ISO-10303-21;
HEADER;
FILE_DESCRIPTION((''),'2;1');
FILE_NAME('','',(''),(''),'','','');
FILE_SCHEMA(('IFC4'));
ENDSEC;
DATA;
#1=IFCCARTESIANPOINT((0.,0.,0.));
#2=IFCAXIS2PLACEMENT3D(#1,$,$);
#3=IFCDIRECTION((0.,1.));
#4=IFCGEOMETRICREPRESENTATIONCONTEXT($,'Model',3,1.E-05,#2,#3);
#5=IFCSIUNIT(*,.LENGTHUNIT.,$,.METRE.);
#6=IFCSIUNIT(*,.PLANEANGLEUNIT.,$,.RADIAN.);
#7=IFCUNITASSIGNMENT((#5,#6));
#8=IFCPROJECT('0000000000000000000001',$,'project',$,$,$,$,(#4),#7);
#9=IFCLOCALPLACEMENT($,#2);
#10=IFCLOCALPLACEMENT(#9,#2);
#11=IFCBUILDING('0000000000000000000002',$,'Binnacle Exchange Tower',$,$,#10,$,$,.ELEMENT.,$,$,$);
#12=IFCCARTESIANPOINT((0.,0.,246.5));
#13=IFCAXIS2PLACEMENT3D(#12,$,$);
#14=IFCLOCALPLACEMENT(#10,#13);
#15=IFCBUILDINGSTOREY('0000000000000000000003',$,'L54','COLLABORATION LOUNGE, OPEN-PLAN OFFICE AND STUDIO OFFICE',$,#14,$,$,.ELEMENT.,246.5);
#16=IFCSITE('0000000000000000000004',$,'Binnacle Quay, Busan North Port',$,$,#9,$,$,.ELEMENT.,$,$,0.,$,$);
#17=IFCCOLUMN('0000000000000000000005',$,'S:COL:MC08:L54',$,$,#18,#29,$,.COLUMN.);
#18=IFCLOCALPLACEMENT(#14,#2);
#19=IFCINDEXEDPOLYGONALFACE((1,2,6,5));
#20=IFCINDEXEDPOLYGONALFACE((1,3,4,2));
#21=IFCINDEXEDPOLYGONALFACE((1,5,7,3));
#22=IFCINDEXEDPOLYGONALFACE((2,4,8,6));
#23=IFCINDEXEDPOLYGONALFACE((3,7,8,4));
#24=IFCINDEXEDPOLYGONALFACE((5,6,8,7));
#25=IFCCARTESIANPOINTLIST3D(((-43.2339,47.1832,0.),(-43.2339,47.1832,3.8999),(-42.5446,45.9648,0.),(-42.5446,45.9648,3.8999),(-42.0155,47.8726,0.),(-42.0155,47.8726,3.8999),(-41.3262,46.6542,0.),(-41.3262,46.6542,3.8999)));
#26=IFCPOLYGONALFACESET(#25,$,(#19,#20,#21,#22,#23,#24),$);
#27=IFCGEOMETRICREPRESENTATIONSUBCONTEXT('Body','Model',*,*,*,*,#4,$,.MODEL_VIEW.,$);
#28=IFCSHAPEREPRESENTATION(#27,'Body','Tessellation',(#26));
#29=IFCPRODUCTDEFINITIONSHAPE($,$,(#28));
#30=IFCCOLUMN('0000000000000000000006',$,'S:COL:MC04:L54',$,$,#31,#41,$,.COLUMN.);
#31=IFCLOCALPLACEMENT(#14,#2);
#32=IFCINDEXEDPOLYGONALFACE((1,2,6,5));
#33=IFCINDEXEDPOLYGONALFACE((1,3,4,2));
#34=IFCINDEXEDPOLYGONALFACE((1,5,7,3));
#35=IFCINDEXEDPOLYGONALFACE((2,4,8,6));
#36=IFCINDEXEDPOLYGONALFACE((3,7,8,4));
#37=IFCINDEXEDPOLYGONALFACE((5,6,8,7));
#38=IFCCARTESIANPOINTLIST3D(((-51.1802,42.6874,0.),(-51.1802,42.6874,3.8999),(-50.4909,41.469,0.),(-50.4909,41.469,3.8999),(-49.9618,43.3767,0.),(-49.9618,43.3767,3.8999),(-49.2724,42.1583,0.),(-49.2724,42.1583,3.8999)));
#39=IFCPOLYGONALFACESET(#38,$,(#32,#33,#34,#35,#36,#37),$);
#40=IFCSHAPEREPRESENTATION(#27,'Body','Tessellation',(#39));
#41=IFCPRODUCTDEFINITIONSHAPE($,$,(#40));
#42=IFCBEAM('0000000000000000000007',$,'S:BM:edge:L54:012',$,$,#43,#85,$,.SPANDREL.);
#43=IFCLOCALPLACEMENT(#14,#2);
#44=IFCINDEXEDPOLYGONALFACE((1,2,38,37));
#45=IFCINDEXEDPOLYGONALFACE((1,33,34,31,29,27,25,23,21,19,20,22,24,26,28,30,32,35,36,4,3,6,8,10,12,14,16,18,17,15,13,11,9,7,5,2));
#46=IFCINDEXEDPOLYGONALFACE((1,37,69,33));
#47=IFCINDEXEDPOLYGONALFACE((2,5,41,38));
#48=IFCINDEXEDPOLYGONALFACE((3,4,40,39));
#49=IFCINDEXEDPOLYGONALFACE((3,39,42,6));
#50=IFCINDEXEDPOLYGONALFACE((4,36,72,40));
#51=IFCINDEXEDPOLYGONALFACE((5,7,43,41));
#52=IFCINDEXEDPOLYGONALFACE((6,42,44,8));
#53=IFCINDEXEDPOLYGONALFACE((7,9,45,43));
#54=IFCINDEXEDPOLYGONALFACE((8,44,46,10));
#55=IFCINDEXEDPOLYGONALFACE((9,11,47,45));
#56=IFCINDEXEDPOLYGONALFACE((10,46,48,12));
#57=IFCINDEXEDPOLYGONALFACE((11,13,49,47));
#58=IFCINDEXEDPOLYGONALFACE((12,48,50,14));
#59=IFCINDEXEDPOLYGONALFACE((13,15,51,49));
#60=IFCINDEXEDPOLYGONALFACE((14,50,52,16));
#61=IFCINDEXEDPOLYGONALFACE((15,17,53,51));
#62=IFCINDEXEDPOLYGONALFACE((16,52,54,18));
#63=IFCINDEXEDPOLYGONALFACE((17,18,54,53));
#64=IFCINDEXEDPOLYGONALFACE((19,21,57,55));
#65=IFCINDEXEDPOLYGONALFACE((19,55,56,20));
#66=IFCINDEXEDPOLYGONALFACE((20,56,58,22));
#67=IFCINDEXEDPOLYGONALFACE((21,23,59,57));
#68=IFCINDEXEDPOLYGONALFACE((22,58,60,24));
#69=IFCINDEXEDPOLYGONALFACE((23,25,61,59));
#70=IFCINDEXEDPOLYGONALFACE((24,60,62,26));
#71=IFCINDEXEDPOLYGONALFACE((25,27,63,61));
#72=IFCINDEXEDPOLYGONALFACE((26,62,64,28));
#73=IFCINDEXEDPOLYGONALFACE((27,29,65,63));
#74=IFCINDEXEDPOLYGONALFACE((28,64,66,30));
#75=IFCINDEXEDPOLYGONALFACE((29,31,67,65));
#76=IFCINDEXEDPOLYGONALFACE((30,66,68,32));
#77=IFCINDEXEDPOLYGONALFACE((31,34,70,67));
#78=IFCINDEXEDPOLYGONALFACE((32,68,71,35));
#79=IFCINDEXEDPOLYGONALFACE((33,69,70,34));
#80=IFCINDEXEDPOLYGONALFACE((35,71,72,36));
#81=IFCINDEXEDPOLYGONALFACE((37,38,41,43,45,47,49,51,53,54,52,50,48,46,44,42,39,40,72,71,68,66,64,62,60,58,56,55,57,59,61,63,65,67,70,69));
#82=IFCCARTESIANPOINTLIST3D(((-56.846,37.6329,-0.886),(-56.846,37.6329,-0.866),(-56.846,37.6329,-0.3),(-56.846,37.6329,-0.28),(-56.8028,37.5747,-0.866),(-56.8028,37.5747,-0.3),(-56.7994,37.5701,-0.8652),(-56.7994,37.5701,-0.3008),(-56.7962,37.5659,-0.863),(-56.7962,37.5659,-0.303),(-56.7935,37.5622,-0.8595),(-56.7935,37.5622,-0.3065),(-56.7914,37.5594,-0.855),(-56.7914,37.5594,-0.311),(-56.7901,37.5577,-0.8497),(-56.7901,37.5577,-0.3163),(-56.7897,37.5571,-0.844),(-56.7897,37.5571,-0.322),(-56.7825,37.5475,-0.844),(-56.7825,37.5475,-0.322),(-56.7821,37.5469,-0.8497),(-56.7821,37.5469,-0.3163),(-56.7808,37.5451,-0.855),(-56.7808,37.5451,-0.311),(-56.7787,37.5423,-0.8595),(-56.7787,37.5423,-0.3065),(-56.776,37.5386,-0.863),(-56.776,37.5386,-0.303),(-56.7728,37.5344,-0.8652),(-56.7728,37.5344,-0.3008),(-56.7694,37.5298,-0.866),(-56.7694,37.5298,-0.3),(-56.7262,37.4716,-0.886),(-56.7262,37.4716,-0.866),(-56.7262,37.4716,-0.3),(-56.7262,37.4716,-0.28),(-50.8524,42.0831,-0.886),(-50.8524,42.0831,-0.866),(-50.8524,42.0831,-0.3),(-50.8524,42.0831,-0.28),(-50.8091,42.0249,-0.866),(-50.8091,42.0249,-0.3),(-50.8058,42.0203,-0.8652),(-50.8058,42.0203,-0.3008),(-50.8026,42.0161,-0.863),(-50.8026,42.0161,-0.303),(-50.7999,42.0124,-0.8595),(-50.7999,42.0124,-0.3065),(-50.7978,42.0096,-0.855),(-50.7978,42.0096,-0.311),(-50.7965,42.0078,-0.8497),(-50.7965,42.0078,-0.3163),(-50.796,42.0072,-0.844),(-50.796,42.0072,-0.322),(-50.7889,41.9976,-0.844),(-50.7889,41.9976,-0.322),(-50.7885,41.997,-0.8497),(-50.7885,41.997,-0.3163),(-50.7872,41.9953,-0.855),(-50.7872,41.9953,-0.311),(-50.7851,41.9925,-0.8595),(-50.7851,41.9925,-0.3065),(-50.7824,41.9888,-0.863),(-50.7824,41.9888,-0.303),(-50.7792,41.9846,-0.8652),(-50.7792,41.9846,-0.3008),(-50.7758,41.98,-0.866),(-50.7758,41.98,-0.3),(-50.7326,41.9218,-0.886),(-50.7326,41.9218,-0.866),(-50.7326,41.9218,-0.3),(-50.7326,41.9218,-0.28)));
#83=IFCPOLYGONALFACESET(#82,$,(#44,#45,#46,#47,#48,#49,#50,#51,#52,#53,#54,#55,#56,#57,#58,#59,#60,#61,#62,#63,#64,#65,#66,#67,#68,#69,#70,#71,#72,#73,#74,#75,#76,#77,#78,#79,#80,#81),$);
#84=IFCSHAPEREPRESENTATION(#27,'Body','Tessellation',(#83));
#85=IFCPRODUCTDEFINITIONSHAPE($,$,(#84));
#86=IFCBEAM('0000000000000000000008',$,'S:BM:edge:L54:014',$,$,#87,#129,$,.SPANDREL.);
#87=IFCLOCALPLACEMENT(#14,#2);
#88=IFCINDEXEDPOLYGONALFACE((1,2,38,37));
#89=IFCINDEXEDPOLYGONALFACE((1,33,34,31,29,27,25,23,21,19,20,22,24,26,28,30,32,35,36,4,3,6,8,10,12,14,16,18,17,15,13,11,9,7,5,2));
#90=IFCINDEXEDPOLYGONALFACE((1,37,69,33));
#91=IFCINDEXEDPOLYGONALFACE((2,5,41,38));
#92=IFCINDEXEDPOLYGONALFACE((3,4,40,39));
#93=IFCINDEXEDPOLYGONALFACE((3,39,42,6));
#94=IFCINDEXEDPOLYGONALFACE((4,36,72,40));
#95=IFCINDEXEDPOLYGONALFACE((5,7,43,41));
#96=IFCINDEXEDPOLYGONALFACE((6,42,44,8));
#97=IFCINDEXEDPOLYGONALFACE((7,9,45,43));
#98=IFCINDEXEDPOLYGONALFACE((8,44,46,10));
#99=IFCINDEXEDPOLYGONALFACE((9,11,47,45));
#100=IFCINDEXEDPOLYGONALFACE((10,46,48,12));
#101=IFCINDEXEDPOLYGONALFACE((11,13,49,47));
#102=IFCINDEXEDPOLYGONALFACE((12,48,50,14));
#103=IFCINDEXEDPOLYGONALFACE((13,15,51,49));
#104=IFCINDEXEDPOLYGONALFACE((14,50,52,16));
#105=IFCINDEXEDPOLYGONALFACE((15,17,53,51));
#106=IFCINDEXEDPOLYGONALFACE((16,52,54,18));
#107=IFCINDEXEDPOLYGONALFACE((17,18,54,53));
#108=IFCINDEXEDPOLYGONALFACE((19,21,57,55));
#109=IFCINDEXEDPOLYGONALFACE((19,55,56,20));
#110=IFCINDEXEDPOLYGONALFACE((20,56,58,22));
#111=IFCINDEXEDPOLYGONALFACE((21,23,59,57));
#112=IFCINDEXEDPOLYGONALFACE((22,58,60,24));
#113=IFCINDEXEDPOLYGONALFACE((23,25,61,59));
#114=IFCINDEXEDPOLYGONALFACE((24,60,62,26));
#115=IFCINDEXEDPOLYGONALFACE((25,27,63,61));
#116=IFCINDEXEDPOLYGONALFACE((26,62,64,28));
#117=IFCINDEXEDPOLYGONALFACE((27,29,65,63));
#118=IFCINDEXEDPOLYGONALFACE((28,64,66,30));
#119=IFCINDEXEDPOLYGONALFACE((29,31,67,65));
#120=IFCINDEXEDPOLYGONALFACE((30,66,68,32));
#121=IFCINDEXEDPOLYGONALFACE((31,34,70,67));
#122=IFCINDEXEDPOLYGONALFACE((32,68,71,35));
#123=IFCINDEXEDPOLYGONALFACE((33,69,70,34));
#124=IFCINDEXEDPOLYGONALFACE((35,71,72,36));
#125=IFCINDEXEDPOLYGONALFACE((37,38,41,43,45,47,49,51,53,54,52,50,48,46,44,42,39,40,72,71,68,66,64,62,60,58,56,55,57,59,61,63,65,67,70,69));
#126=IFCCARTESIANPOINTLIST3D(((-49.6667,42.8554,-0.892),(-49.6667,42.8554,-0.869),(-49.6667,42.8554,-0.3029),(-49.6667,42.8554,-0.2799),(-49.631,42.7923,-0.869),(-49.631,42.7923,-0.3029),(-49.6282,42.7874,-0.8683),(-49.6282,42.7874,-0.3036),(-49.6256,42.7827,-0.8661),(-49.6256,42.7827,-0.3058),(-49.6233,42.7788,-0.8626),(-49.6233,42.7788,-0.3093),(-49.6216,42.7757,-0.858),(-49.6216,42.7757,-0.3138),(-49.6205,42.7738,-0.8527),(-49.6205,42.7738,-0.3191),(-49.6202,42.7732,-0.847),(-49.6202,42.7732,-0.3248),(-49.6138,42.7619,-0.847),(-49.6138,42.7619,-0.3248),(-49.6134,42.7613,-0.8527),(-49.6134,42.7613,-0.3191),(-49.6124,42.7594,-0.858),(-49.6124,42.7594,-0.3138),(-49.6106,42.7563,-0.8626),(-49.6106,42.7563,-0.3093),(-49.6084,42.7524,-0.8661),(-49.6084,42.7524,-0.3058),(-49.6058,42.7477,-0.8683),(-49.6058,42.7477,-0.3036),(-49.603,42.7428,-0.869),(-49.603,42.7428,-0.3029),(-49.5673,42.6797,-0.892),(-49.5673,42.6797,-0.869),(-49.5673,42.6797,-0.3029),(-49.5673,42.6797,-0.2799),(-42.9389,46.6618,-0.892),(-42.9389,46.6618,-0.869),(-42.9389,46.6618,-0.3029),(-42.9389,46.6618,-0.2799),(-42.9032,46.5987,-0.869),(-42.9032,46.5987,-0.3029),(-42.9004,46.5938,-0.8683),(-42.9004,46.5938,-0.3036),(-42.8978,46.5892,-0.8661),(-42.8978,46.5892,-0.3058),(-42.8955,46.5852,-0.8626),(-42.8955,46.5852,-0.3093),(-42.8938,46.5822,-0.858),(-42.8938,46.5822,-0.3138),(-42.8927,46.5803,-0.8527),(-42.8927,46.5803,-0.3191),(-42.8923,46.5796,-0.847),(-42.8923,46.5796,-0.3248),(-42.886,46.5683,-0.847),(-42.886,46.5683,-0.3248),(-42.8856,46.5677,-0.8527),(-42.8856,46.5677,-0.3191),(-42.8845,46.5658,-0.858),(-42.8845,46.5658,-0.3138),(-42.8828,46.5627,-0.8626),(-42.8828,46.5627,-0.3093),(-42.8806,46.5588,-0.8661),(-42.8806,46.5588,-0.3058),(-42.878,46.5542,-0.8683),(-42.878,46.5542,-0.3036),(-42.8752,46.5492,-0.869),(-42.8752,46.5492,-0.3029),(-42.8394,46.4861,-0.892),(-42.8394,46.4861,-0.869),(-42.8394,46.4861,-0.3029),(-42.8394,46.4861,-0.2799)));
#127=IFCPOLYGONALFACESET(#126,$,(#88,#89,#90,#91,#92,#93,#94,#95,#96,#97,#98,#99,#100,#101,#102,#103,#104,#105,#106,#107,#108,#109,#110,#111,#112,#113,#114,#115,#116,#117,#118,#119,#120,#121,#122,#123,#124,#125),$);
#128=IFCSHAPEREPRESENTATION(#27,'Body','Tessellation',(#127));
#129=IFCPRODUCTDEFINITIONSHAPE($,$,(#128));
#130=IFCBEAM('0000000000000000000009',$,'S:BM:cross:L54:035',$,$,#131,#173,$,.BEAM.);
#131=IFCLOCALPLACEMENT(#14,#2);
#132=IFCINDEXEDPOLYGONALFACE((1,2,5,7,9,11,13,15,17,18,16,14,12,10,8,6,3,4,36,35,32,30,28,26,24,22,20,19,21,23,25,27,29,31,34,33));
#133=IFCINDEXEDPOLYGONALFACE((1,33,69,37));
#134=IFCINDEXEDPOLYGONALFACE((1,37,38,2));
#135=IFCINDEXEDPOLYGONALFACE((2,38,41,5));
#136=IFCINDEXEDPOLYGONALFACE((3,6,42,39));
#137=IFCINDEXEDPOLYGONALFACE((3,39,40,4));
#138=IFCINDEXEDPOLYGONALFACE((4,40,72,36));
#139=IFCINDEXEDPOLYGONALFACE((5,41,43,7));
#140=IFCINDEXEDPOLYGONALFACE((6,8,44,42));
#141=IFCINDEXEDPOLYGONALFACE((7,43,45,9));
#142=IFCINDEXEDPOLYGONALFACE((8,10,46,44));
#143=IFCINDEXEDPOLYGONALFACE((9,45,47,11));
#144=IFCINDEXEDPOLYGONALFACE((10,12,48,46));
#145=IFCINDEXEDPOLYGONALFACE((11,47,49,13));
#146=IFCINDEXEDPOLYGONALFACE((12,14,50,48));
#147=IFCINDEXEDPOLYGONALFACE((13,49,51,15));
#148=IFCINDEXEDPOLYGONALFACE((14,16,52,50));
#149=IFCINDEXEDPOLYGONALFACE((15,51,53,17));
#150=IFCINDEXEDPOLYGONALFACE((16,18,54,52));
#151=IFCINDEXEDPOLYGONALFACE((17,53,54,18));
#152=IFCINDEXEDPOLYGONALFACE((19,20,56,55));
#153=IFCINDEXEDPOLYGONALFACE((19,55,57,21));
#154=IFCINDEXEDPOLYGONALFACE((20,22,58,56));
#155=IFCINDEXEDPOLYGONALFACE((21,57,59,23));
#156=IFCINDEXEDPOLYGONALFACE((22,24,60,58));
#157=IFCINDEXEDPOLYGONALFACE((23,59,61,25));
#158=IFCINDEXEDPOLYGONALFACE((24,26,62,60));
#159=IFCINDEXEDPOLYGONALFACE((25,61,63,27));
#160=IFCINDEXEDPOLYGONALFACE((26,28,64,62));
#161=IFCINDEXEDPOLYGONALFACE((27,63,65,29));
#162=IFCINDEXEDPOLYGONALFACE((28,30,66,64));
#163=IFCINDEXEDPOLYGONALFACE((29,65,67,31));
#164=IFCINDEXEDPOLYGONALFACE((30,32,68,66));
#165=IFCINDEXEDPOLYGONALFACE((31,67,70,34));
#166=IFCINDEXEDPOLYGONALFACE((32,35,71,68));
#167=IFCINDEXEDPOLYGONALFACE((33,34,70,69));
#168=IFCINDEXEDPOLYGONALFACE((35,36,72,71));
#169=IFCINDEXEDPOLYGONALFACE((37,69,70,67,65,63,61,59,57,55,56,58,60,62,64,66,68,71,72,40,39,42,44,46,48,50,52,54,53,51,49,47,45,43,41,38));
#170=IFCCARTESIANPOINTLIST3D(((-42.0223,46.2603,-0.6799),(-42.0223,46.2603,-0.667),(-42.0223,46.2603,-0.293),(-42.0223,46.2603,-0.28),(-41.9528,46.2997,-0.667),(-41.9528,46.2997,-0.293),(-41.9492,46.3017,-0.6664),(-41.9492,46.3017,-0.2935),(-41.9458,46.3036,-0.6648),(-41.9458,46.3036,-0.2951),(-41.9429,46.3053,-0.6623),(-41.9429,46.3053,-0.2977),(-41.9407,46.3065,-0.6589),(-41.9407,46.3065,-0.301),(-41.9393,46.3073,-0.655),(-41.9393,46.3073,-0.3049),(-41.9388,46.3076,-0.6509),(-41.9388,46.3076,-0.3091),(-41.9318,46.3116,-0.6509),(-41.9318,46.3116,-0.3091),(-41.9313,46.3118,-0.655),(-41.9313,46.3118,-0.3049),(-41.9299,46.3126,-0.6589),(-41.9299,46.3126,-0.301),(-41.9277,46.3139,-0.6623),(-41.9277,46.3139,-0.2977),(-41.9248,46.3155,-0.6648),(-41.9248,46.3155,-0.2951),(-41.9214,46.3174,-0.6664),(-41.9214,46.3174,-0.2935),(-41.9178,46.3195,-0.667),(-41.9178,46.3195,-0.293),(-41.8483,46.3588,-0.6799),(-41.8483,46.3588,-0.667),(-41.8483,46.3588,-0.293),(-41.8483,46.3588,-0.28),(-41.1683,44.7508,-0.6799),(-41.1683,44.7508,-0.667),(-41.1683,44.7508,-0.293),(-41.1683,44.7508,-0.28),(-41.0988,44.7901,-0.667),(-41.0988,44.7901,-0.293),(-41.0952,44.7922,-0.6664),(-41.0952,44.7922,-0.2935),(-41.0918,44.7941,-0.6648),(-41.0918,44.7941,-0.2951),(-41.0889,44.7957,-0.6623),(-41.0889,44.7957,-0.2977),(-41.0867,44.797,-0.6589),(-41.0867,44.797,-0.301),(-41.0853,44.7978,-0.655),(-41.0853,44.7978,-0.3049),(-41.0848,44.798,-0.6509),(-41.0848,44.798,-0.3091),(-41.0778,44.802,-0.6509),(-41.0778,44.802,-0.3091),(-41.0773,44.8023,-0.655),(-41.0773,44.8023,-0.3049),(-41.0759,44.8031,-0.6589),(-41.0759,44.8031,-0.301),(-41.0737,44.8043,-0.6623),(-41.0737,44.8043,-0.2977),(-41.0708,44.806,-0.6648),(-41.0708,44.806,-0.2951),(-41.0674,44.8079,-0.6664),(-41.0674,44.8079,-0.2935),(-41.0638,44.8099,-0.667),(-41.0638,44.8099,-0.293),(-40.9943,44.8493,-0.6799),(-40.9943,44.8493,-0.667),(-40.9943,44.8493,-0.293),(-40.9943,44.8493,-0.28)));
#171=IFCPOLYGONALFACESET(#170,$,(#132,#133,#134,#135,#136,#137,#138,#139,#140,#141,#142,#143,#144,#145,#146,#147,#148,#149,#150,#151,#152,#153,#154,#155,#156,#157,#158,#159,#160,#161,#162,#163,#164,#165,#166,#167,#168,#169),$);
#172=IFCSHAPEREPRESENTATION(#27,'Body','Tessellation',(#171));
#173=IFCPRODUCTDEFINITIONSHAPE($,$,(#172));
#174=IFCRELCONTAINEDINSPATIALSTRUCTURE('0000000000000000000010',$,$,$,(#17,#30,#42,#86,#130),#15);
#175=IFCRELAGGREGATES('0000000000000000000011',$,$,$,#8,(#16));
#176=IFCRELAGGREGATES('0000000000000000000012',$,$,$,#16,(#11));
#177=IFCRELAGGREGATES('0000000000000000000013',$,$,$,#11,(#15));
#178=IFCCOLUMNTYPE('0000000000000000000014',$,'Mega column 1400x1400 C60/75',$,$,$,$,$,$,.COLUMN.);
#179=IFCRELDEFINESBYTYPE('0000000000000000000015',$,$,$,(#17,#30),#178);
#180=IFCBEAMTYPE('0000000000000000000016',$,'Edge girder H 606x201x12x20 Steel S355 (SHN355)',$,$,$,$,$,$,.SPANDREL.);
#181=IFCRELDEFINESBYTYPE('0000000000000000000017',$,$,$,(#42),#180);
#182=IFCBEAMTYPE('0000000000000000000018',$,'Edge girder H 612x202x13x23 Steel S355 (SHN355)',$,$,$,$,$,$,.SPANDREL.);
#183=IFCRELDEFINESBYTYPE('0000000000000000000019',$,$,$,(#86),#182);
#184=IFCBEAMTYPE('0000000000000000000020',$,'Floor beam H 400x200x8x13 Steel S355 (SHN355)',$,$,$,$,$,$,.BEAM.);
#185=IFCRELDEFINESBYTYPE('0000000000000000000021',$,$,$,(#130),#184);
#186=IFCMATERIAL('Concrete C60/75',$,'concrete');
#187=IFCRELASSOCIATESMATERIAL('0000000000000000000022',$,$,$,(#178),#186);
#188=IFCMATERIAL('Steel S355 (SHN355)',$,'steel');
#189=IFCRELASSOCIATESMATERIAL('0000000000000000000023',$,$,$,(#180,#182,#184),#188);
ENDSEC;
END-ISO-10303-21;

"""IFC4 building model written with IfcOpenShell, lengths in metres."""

from ifc_helpers import new_model, si_unit, direction, frame, origin, origin_2d, place, context, subcontext, project, spatial, rectangle, i_section, extrude, material, material_profile, profile_set, type_object, element, save


model = new_model("IFC4")

# Units and contexts
model_context = context("Model", 3, precision=1e-05, world=origin(), true_north=direction((0.0, 1.0)))
body_context = subcontext(model_context, "Body", "Model", "MODEL_VIEW")
ifc_project = project(units=[si_unit("LENGTHUNIT", "METRE"), si_unit("PLANEANGLEUNIT", "RADIAN")], contexts=[model_context])

# Site, building, storey
site_placement = place(None, origin())
site = spatial("IfcSite", under=ifc_project, at=site_placement, Name="Binnacle Quay, Busan North Port", CompositionType="ELEMENT", RefElevation=0.0)
building_placement = place(site_placement, origin())
building = spatial("IfcBuilding", under=site, at=building_placement, Name="Binnacle Exchange Tower", CompositionType="ELEMENT")
storey_placement = place(building_placement, frame((0.0, 0.0, 246.5)))
storey = spatial("IfcBuildingStorey", under=building, at=storey_placement, Name="L54", Description="COLLABORATION LOUNGE, OPEN-PLAN OFFICE AND STUDIO OFFICE", CompositionType="ELEMENT", Elevation=246.5)

# Columns
ifc_material_1 = material(Name="Concrete C60/75", Category="concrete")
ifc_material_profile_1 = material_profile(ifc_material_1, rectangle(XDim=1.3999, YDim=1.3999, at=origin_2d()), Name="Mega column 1400x1400 C60/75")
ifc_profile_set_1 = profile_set([ifc_material_profile_1], Name="Concrete C60/75")
column_type = type_object("IfcColumnType", Name="Mega column 1400x1400 C60/75", PredefinedType="COLUMN", material=ifc_profile_set_1)
for number, where, z_axis, x_axis, name in (
    (1, (-42.28, 46.9187, 0.0), (0.0, 0.0, 1.0), (-0.870356, -0.492424, 0.0), "S:COL:MC08:L54"),
    (2, (-50.2263, 42.4229, 0.0), (0.0, 0.0, 1.0), (-0.870356, -0.492424, 0.0), "S:COL:MC04:L54"),
):
    element("IfcColumn", number, at=place(storey_placement, frame(where, z_axis=z_axis, x_axis=x_axis)), inside=storey, type_object=column_type, Name=name, PredefinedType="COLUMN", context=body_context, shape_type="SweptSolid", body=[
        extrude(rectangle(XDim=1.3999, YDim=1.3999, at=origin_2d()), origin(), (0.0, 0.0, 1.0), 3.8999),
    ])

# Beams
ifc_material_2 = material(Name="Steel S355 (SHN355)", Category="steel")
ifc_material_profile_2 = material_profile(ifc_material_2, i_section(OverallWidth=0.2009, OverallDepth=0.606, WebThickness=0.012, FlangeThickness=0.02, FilletRadius=0.022, at=origin_2d()), Name="H 606x201x12x20")
ifc_profile_set_2 = profile_set([ifc_material_profile_2], Name="Steel S355 (SHN355)")
beam_type_1 = type_object("IfcBeamType", Name="Edge girder H 606x201x12x20 Steel S355 (SHN355)", PredefinedType="SPANDREL", material=ifc_profile_set_2)
beam_1_placement = place(storey_placement, frame((-50.7925, 42.0024, -0.583), z_axis=(-0.802887, -0.596131, 0.0), x_axis=(0.596131, -0.802887, 0.0)))
element("IfcBeam", 3, at=beam_1_placement, inside=storey, type_object=beam_type_1, Name="S:BM:edge:L54:012", PredefinedType="SPANDREL", context=body_context, shape_type="SweptSolid", body=[
    extrude(i_section(OverallWidth=0.2009, OverallDepth=0.606, WebThickness=0.012, FlangeThickness=0.02, FilletRadius=0.022, at=origin_2d()), origin(), (0.0, 0.0, 1.0), 7.4651),
])
ifc_material_profile_3 = material_profile(ifc_material_2, i_section(OverallWidth=0.2019, OverallDepth=0.6121, WebThickness=0.0129, FlangeThickness=0.0229, FilletRadius=0.022, at=origin_2d()), Name="H 612x202x13x23")
ifc_profile_set_3 = profile_set([ifc_material_profile_3], Name="Steel S355 (SHN355)")
beam_type_2 = type_object("IfcBeamType", Name="Edge girder H 612x202x13x23 Steel S355 (SHN355)", PredefinedType="SPANDREL", material=ifc_profile_set_3)
beam_2_placement = place(storey_placement, frame((-42.8892, 46.574, -0.5859), z_axis=(-0.870356, -0.492424, 0.0), x_axis=(0.492424, -0.870356, 0.0)))
element("IfcBeam", 4, at=beam_2_placement, inside=storey, type_object=beam_type_2, Name="S:BM:edge:L54:014", PredefinedType="SPANDREL", context=body_context, shape_type="SweptSolid", body=[
    extrude(i_section(OverallWidth=0.2019, OverallDepth=0.6121, WebThickness=0.0129, FlangeThickness=0.0229, FilletRadius=0.022, at=origin_2d()), origin(), (0.0, 0.0, 1.0), 7.73),
])
ifc_material_profile_4 = material_profile(ifc_material_2, i_section(OverallWidth=0.2, OverallDepth=0.3999, WebThickness=0.0081, FlangeThickness=0.0129, FilletRadius=0.0161, at=origin_2d()), Name="H 400x200x8x13")
ifc_profile_set_4 = profile_set([ifc_material_profile_4], Name="Steel S355 (SHN355)")
beam_type_3 = type_object("IfcBeamType", Name="Floor beam H 400x200x8x13 Steel S355 (SHN355)", PredefinedType="BEAM", material=ifc_profile_set_4)
beam_3_placement = place(storey_placement, frame((-41.9353, 46.3096, -0.48), z_axis=(0.492405, -0.870366, 0.0), x_axis=(0.870366, 0.492405, 0.0)))
element("IfcBeam", 5, at=beam_3_placement, inside=storey, type_object=beam_type_3, Name="S:BM:cross:L54:035", PredefinedType="BEAM", context=body_context, shape_type="SweptSolid", body=[
    extrude(i_section(OverallWidth=0.2, OverallDepth=0.3999, WebThickness=0.0081, FlangeThickness=0.0129, FilletRadius=0.0161, at=origin_2d()), origin(), (0.0, 0.0, 1.0), 1.7344),
])

save(model, "model.ifc")
